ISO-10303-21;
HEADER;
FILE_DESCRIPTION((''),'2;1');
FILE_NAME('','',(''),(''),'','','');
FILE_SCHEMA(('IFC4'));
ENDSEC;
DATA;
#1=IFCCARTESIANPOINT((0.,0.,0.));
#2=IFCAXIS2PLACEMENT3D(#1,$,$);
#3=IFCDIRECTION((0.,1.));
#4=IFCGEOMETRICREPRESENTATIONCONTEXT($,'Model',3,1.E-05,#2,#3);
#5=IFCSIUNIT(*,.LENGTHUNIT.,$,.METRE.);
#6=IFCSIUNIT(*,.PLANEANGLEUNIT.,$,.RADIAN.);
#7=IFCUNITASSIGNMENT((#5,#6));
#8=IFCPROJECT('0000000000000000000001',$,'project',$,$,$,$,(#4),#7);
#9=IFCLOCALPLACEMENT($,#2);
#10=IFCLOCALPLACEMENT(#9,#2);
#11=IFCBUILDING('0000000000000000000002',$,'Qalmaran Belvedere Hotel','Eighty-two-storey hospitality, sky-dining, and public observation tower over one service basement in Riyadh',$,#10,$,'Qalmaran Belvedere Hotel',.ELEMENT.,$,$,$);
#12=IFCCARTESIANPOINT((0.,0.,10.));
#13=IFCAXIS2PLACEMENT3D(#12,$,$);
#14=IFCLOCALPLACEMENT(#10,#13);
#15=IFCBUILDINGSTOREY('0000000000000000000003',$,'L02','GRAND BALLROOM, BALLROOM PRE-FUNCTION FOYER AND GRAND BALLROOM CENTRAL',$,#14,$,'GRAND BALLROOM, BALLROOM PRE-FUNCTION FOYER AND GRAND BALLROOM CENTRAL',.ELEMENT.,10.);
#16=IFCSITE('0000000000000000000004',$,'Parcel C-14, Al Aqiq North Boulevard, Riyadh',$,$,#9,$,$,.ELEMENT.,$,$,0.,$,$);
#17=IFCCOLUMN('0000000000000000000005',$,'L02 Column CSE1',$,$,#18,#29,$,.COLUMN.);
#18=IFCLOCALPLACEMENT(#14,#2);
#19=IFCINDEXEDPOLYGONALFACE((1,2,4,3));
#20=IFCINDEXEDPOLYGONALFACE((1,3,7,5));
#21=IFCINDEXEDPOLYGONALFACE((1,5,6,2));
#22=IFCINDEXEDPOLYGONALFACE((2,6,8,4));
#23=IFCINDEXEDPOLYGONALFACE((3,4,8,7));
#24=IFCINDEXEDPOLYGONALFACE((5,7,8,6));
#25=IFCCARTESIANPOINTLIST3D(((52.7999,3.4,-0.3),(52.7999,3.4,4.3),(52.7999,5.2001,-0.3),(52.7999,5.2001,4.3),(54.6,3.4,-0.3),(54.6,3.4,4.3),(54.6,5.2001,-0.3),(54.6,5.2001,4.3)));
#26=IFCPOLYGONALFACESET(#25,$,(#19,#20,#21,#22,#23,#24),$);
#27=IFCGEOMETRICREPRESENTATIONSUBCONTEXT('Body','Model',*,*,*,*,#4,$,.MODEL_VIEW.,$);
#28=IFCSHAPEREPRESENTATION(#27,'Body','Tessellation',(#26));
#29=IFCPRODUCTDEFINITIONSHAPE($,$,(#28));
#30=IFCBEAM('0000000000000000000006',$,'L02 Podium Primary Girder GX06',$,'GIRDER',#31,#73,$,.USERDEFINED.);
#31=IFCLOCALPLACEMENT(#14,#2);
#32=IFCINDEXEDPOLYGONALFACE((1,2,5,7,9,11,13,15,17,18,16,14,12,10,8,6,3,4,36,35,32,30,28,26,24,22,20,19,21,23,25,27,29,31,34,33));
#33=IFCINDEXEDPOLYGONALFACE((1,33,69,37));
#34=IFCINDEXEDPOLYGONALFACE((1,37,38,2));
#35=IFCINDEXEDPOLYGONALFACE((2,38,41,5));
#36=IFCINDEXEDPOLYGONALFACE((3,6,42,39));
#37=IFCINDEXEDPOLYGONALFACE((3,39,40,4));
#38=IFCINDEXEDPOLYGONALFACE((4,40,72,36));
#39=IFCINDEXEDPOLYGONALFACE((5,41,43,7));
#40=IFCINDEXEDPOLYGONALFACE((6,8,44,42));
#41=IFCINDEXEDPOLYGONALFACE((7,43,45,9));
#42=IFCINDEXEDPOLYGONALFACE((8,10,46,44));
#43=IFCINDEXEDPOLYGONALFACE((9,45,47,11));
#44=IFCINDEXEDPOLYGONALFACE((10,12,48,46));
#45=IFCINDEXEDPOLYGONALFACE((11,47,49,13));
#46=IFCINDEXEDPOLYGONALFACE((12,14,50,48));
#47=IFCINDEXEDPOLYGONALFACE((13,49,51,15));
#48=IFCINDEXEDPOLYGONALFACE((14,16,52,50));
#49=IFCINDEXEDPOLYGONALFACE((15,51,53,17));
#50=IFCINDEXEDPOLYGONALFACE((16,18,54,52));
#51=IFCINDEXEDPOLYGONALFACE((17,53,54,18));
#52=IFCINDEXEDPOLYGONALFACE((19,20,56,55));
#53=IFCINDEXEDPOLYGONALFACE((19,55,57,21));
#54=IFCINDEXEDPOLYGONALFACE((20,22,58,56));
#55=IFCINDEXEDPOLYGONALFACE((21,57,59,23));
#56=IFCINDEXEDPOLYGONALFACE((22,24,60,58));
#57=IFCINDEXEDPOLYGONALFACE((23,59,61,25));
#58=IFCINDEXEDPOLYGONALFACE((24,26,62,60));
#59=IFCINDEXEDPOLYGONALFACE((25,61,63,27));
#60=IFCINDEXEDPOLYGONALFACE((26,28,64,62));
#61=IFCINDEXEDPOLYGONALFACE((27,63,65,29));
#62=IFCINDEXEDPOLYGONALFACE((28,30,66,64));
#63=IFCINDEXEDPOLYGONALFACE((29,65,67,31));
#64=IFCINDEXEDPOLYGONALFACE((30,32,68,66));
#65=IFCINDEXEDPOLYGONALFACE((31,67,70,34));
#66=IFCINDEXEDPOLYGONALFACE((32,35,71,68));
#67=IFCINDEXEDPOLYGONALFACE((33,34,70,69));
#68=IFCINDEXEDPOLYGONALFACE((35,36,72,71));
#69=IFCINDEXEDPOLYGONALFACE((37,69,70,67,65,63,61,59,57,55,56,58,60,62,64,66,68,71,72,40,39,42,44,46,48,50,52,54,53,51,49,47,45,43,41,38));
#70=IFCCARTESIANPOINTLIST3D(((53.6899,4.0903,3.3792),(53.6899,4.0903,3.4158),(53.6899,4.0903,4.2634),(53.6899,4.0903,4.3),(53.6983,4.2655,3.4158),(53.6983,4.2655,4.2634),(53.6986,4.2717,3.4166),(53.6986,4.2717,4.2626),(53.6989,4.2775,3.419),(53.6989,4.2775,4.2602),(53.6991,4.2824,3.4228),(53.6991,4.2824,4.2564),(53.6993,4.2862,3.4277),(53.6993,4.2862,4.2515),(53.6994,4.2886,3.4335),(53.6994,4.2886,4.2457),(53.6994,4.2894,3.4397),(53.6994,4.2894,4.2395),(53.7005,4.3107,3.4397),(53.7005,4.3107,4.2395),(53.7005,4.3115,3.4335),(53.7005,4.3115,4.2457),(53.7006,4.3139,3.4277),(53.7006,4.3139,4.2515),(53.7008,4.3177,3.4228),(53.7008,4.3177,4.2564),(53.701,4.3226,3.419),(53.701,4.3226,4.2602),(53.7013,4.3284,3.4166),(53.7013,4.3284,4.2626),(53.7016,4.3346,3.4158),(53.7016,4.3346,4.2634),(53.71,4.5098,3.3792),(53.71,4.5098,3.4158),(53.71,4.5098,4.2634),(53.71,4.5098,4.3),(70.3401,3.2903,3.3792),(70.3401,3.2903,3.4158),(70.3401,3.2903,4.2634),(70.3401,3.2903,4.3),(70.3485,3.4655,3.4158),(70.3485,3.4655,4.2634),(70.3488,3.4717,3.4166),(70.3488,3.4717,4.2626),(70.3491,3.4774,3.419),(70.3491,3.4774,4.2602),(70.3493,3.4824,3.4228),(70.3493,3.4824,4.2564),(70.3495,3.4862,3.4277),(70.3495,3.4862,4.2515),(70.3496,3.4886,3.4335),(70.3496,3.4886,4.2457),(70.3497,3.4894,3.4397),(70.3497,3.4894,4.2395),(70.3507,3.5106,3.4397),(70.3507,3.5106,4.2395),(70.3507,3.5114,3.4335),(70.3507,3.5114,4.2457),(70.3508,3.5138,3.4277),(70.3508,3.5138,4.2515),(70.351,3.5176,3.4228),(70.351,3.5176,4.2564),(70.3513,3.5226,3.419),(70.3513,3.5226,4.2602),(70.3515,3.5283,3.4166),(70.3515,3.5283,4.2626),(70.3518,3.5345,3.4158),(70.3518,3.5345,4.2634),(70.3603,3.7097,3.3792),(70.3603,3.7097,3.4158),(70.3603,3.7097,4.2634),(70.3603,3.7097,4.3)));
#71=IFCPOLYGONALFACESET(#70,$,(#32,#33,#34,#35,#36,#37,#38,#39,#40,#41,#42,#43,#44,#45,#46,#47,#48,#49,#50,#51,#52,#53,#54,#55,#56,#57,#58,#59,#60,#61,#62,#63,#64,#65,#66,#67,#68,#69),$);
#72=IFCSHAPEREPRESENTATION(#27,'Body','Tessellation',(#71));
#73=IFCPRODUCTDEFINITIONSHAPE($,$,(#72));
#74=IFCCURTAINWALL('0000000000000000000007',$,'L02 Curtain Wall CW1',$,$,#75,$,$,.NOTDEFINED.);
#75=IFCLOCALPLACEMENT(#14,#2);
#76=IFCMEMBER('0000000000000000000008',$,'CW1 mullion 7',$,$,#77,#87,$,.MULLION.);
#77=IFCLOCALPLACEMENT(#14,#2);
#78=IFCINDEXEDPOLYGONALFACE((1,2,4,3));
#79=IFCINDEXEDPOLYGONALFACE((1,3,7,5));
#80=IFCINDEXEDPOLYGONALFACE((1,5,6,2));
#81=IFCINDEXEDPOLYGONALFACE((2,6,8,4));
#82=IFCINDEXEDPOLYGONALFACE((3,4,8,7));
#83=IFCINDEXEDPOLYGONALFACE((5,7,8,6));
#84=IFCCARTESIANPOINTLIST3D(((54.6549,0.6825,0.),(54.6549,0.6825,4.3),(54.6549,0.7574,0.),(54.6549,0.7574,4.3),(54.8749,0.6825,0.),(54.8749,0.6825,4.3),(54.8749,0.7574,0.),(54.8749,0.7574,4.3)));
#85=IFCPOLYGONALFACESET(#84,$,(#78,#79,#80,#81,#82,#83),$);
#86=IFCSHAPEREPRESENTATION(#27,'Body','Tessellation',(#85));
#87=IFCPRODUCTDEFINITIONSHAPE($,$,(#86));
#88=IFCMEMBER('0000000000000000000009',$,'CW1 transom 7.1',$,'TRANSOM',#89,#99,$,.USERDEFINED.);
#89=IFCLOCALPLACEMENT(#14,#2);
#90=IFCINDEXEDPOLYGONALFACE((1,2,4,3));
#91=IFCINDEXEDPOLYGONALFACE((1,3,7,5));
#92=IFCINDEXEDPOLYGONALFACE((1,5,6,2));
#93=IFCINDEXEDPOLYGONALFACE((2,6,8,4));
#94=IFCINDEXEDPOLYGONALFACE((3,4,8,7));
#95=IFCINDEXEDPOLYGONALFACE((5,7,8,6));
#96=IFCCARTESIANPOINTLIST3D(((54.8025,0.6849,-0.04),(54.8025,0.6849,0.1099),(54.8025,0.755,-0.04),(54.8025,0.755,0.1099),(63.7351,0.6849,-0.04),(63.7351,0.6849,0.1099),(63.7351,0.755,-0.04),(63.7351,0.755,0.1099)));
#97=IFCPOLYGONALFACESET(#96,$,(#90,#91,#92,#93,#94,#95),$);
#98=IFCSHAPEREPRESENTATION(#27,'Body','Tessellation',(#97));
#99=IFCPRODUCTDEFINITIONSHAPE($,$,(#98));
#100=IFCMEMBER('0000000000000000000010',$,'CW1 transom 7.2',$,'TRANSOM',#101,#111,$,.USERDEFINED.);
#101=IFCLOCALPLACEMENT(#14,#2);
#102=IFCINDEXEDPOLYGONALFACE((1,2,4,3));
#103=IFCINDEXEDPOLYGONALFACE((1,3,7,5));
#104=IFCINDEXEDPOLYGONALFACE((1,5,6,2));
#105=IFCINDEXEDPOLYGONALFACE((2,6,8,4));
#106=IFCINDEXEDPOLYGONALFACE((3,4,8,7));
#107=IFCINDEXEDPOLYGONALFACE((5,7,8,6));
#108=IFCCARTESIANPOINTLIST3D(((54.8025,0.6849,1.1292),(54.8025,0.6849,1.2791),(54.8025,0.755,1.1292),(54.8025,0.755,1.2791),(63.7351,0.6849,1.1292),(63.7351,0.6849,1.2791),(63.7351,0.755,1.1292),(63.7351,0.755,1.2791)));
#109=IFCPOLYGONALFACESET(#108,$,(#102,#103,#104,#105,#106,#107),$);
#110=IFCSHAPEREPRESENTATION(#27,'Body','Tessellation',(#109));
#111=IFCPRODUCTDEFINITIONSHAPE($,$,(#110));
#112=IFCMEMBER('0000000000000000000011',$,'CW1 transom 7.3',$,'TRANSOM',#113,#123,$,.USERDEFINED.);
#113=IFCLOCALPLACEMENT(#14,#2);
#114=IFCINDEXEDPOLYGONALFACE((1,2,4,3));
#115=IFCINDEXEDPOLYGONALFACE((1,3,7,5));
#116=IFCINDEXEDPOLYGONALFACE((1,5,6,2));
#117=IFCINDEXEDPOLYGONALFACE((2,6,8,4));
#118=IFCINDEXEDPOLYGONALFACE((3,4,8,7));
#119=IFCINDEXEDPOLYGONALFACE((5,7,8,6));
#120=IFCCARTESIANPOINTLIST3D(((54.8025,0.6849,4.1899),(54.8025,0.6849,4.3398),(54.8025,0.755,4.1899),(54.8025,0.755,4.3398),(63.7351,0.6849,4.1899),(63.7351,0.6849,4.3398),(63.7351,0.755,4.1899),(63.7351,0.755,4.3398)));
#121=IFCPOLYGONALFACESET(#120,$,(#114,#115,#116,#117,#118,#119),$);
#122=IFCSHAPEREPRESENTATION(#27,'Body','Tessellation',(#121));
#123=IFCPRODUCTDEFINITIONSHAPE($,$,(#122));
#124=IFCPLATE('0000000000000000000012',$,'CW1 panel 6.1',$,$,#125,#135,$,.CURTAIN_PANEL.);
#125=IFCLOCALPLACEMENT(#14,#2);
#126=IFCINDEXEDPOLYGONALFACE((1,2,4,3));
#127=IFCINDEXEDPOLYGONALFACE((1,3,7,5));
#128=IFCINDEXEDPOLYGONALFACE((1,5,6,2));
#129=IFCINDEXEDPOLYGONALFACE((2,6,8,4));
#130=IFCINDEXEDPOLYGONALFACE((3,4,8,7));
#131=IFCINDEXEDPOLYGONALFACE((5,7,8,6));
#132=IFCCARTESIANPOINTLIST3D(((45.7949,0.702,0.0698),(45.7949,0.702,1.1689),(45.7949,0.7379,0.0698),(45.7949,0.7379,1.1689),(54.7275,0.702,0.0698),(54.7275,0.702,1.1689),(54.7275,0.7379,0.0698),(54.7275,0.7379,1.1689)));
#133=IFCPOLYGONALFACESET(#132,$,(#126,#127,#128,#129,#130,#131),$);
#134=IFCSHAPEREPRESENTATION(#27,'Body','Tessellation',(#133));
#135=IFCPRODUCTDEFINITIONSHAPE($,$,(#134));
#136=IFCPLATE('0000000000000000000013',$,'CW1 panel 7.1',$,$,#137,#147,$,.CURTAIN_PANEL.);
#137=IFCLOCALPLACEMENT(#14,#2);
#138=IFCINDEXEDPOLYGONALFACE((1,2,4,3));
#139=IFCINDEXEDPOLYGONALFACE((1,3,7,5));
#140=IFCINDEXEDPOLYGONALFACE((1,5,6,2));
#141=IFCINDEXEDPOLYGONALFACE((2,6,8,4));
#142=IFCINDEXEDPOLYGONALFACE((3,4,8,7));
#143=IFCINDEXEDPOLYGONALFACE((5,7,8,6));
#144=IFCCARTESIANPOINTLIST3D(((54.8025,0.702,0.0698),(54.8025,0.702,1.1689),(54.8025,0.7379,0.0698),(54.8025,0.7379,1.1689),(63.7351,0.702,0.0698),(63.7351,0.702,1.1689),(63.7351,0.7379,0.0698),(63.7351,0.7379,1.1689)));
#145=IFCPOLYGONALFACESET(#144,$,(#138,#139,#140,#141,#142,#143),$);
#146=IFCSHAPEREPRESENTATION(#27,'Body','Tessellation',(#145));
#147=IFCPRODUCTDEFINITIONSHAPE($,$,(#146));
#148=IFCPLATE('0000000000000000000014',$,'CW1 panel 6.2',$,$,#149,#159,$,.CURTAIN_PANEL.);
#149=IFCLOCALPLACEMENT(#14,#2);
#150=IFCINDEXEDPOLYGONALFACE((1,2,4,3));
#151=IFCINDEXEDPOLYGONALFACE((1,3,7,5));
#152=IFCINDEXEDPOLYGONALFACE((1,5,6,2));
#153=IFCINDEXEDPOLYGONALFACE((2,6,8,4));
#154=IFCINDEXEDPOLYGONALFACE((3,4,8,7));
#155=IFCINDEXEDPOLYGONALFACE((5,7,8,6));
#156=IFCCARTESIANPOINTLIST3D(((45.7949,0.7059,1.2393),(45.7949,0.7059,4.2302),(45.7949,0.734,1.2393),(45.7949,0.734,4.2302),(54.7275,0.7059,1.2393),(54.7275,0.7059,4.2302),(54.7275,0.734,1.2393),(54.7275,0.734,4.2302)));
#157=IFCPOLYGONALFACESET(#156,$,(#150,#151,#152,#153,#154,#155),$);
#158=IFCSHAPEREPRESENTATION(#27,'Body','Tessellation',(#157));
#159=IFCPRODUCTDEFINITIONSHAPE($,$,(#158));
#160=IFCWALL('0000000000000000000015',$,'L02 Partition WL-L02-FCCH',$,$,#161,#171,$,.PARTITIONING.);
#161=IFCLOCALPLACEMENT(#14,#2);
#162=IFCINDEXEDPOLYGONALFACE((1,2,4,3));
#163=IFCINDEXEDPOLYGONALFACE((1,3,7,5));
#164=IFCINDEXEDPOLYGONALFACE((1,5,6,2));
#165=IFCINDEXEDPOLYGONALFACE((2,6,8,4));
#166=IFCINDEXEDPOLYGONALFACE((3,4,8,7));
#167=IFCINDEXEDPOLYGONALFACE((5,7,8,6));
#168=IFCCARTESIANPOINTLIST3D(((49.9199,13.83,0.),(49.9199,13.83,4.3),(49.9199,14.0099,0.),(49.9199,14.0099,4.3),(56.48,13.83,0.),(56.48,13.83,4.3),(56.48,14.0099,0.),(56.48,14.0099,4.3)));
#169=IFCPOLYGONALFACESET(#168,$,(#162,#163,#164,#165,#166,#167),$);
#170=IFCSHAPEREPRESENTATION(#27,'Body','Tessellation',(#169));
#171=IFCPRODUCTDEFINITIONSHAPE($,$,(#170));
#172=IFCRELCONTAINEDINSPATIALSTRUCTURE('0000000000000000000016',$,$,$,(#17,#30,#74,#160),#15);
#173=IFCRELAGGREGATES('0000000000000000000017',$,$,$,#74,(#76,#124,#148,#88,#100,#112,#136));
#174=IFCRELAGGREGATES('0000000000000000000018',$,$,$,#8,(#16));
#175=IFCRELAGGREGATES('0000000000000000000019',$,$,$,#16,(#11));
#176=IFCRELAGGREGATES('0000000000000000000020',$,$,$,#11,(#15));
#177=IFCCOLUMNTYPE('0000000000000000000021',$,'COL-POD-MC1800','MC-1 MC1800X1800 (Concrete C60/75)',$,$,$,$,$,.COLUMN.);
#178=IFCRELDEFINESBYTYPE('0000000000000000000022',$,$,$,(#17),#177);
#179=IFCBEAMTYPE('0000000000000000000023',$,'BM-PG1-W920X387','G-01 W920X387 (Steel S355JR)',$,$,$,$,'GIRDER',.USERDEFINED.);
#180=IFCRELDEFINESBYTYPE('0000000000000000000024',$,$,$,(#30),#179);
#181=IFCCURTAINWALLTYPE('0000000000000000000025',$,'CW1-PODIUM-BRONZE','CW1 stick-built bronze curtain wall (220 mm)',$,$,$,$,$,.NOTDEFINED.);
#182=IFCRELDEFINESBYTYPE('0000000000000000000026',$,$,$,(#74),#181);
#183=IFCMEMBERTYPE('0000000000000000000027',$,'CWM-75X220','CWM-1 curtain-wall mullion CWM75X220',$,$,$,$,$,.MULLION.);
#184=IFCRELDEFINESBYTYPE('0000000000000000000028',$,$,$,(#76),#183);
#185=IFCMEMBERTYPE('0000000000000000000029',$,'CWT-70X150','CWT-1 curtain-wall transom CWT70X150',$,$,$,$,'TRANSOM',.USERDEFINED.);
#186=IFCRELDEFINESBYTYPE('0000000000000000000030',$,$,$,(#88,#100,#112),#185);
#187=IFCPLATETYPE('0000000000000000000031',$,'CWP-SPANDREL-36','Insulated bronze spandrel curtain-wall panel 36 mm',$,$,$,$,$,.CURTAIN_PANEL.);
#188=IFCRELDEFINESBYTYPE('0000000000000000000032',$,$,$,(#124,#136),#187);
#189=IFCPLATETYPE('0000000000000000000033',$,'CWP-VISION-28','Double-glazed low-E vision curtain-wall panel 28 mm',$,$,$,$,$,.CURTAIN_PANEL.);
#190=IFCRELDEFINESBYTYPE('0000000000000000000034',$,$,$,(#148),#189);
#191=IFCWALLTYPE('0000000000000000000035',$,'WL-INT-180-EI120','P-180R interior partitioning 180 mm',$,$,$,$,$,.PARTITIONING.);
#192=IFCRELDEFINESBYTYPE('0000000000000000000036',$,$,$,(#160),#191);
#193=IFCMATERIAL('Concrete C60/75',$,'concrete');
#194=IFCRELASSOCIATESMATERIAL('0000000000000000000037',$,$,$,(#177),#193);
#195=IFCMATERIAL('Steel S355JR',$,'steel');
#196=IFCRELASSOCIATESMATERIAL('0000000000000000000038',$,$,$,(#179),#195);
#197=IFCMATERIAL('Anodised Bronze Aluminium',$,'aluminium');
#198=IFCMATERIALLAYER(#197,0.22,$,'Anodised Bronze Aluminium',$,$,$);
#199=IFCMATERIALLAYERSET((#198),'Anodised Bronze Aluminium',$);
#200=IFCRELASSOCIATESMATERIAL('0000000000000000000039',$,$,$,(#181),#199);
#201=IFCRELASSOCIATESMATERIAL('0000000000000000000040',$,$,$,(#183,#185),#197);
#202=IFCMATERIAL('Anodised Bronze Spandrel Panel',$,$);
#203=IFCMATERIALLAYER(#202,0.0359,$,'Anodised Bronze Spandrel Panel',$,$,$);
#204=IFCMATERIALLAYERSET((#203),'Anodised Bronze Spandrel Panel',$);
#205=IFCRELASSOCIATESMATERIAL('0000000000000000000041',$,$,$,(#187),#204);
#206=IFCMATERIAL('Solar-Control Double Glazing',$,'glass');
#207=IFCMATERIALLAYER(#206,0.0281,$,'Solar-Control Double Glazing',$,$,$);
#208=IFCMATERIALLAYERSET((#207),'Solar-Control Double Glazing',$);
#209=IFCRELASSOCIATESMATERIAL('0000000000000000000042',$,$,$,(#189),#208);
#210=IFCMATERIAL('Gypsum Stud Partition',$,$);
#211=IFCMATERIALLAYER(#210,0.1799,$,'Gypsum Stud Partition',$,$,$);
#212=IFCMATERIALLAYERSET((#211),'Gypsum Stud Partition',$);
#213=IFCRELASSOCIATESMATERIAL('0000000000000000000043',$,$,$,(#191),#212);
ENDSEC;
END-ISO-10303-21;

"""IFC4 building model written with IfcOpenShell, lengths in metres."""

from ifc_helpers import new_model, si_unit, direction, frame, frame_2d, origin, origin_2d, place, context, subcontext, project, spatial, rectangle, i_section, extrude, material, layer, layer_set, material_profile, profile_set, type_object, element, aggregate, save


model = new_model("IFC4")

# Units and contexts
model_context = context("Model", 3, precision=1e-05, world=origin(), true_north=direction((0.0, 1.0)))
body_context = subcontext(model_context, "Body", "Model", "MODEL_VIEW")
ifc_project = project(units=[si_unit("LENGTHUNIT", "METRE"), si_unit("PLANEANGLEUNIT", "RADIAN")], contexts=[model_context])

# Site, building, storey
site_placement = place(None, origin())
site = spatial("IfcSite", under=ifc_project, at=site_placement, Name="Parcel C-14, Al Aqiq North Boulevard, Riyadh", CompositionType="ELEMENT", RefElevation=0.0)
building_placement = place(site_placement, origin())
building = spatial("IfcBuilding", under=site, at=building_placement, Name="Qalmaran Belvedere Hotel", Description="Eighty-two-storey hospitality, sky-dining, and public observation tower over one service basement in Riyadh", LongName="Qalmaran Belvedere Hotel", CompositionType="ELEMENT")
storey_placement = place(building_placement, frame((0.0, 0.0, 10.0)))
storey = spatial("IfcBuildingStorey", under=building, at=storey_placement, Name="L02", Description="GRAND BALLROOM, BALLROOM PRE-FUNCTION FOYER AND GRAND BALLROOM CENTRAL", LongName="GRAND BALLROOM, BALLROOM PRE-FUNCTION FOYER AND GRAND BALLROOM CENTRAL", CompositionType="ELEMENT", Elevation=10.0)

# Column
ifc_material_1 = material(Name="Concrete C60/75", Category="concrete")
ifc_material_profile_1 = material_profile(ifc_material_1, rectangle(XDim=1.8, YDim=1.8, at=origin_2d()), Name="MC1800X1800")
ifc_profile_set_1 = profile_set([ifc_material_profile_1], Name="Concrete C60/75")
column_type = type_object("IfcColumnType", Name="COL-POD-MC1800", Description="MC-1 MC1800X1800 (Concrete C60/75)", PredefinedType="COLUMN", material=ifc_profile_set_1)
column_placement = place(storey_placement, frame((53.7, 4.3, -0.3), z_axis=(0.0, 0.0, 1.0), x_axis=(1.0, 0.0, 0.0)))
element("IfcColumn", 1, at=column_placement, inside=storey, type_object=column_type, Name="L02 Column CSE1", PredefinedType="COLUMN", context=body_context, shape_type="SweptSolid", body=[
    extrude(rectangle(XDim=1.8, YDim=1.8, at=origin_2d()), origin(), (0.0, 0.0, 1.0), 4.6001),
])

# Beam
ifc_material_2 = material(Name="Steel S355JR", Category="steel")
ifc_material_profile_2 = material_profile(ifc_material_2, i_section(OverallWidth=0.4199, OverallDepth=0.9209, WebThickness=0.0212, FlangeThickness=0.0366, FilletRadius=0.0239, at=origin_2d()), Name="W920X387")
ifc_profile_set_2 = profile_set([ifc_material_profile_2], Name="Steel S355JR")
beam_type = type_object("IfcBeamType", Name="BM-PG1-W920X387", Description="G-01 W920X387 (Steel S355JR)", ElementType="GIRDER", PredefinedType="USERDEFINED", material=ifc_profile_set_2)
beam_placement = place(storey_placement, frame((53.7, 4.3, 3.8396), z_axis=(0.998848, -0.047995, 0.0), x_axis=(0.047995, 0.998848, 0.0)))
element("IfcBeam", 2, at=beam_placement, inside=storey, type_object=beam_type, Name="L02 Podium Primary Girder GX06", ObjectType="GIRDER", PredefinedType="USERDEFINED", context=body_context, shape_type="SweptSolid", body=[
    extrude(i_section(OverallWidth=0.4199, OverallDepth=0.9209, WebThickness=0.0212, FlangeThickness=0.0366, FilletRadius=0.0239, at=origin_2d()), origin(), (0.0, 0.0, 1.0), 16.6694),
])

# Curtain wall, members, plates
ifc_material_3 = material(Name="Anodised Bronze Aluminium", Category="aluminium")
ifc_layer_1 = layer(ifc_material_3, 0.22, Name="Anodised Bronze Aluminium")
ifc_layer_set_1 = layer_set([ifc_layer_1], Name="Anodised Bronze Aluminium")
curtain_wall_type = type_object("IfcCurtainWallType", Name="CW1-PODIUM-BRONZE", Description="CW1 stick-built bronze curtain wall (220 mm)", PredefinedType="NOTDEFINED", material=ifc_layer_set_1)
curtain_wall_placement = place(storey_placement, origin())
curtain_wall = element("IfcCurtainWall", 3, at=curtain_wall_placement, inside=storey, type_object=curtain_wall_type, Name="L02 Curtain Wall CW1", PredefinedType="NOTDEFINED")
ifc_material_profile_3 = material_profile(ifc_material_3, rectangle(XDim=0.075, YDim=0.22, at=origin_2d()), Name="CWM75X220")
ifc_profile_set_3 = profile_set([ifc_material_profile_3], Name="Anodised Bronze Aluminium")
member_type_1 = type_object("IfcMemberType", Name="CWM-75X220", Description="CWM-1 curtain-wall mullion CWM75X220", PredefinedType="MULLION", material=ifc_profile_set_3)
member_1_placement = place(storey_placement, frame((54.7649, 0.72, 0.0), z_axis=(0.0, 0.0, 1.0), x_axis=(0.0, 1.0, 0.0)))
member_1 = element("IfcMember", 4, at=member_1_placement, type_object=member_type_1, Name="CW1 mullion 7", PredefinedType="MULLION", context=body_context, shape_type="SweptSolid", body=[
    extrude(rectangle(XDim=0.075, YDim=0.22, at=origin_2d()), origin(), (0.0, 0.0, 1.0), 4.3),
])
ifc_material_profile_4 = material_profile(ifc_material_3, rectangle(XDim=0.0701, YDim=0.1499, at=origin_2d()), Name="CWT70X150")
ifc_profile_set_4 = profile_set([ifc_material_profile_4], Name="Anodised Bronze Aluminium")
member_type_2 = type_object("IfcMemberType", Name="CWT-70X150", Description="CWT-1 curtain-wall transom CWT70X150", ElementType="TRANSOM", PredefinedType="USERDEFINED", material=ifc_profile_set_4)
member_2_placement = place(storey_placement, frame((54.8025, 0.72, 0.0349), z_axis=(1.0, 0.0, 0.0), x_axis=(0.0, 1.0, 0.0)))
member_2 = element("IfcMember", 5, at=member_2_placement, type_object=member_type_2, Name="CW1 transom 7.1", ObjectType="TRANSOM", PredefinedType="USERDEFINED", context=body_context, shape_type="SweptSolid", body=[
    extrude(rectangle(XDim=0.0701, YDim=0.1499, at=origin_2d()), origin(), (0.0, 0.0, 1.0), 8.9326),
])
member_3_placement = place(storey_placement, frame((54.8025, 0.72, 1.2041), z_axis=(1.0, 0.0, 0.0), x_axis=(0.0, 1.0, 0.0)))
member_3 = element("IfcMember", 6, at=member_3_placement, type_object=member_type_2, Name="CW1 transom 7.2", ObjectType="TRANSOM", PredefinedType="USERDEFINED", context=body_context, shape_type="SweptSolid", body=[
    extrude(rectangle(XDim=0.0701, YDim=0.1499, at=origin_2d()), origin(), (0.0, 0.0, 1.0), 8.9326),
])
member_4_placement = place(storey_placement, frame((54.8025, 0.72, 4.2649), z_axis=(1.0, 0.0, 0.0), x_axis=(0.0, 1.0, 0.0)))
member_4 = element("IfcMember", 7, at=member_4_placement, type_object=member_type_2, Name="CW1 transom 7.3", ObjectType="TRANSOM", PredefinedType="USERDEFINED", context=body_context, shape_type="SweptSolid", body=[
    extrude(rectangle(XDim=0.0701, YDim=0.1499, at=origin_2d()), origin(), (0.0, 0.0, 1.0), 8.9326),
])
ifc_material_4 = material(Name="Anodised Bronze Spandrel Panel")
ifc_layer_2 = layer(ifc_material_4, 0.0359, Name="Anodised Bronze Spandrel Panel")
ifc_layer_set_2 = layer_set([ifc_layer_2], Name="Anodised Bronze Spandrel Panel")
plate_type_1 = type_object("IfcPlateType", Name="CWP-SPANDREL-36", Description="Insulated bronze spandrel curtain-wall panel 36 mm", PredefinedType="CURTAIN_PANEL", material=ifc_layer_set_2)
plate_1_placement = place(storey_placement, frame((50.2612, 0.72, 0.0698), z_axis=(0.0, 0.0, 1.0), x_axis=(1.0, 0.0, 0.0)))
plate_1 = element("IfcPlate", 8, at=plate_1_placement, type_object=plate_type_1, Name="CW1 panel 6.1", PredefinedType="CURTAIN_PANEL", context=body_context, shape_type="SweptSolid", body=[
    extrude(rectangle(XDim=8.9326, YDim=0.0359, at=origin_2d()), origin(), (0.0, 0.0, 1.0), 1.0991),
])
plate_2_placement = place(storey_placement, frame((59.2688, 0.72, 0.0698), z_axis=(0.0, 0.0, 1.0), x_axis=(1.0, 0.0, 0.0)))
plate_2 = element("IfcPlate", 9, at=plate_2_placement, type_object=plate_type_1, Name="CW1 panel 7.1", PredefinedType="CURTAIN_PANEL", context=body_context, shape_type="SweptSolid", body=[
    extrude(rectangle(XDim=8.9326, YDim=0.0359, at=origin_2d()), origin(), (0.0, 0.0, 1.0), 1.0991),
])
ifc_material_5 = material(Name="Solar-Control Double Glazing", Category="glass")
ifc_layer_3 = layer(ifc_material_5, 0.0281, Name="Solar-Control Double Glazing")
ifc_layer_set_3 = layer_set([ifc_layer_3], Name="Solar-Control Double Glazing")
plate_type_2 = type_object("IfcPlateType", Name="CWP-VISION-28", Description="Double-glazed low-E vision curtain-wall panel 28 mm", PredefinedType="CURTAIN_PANEL", material=ifc_layer_set_3)
plate_3_placement = place(storey_placement, frame((50.2612, 0.72, 1.2393), z_axis=(0.0, 0.0, 1.0), x_axis=(1.0, 0.0, 0.0)))
plate_3 = element("IfcPlate", 10, at=plate_3_placement, type_object=plate_type_2, Name="CW1 panel 6.2", PredefinedType="CURTAIN_PANEL", context=body_context, shape_type="SweptSolid", body=[
    extrude(rectangle(XDim=8.9326, YDim=0.0281, at=origin_2d()), origin(), (0.0, 0.0, 1.0), 2.991),
])
aggregate(curtain_wall, [member_1, plate_1, plate_3, member_2, member_3, member_4, plate_2])

# Wall
ifc_material_6 = material(Name="Gypsum Stud Partition")
ifc_layer_4 = layer(ifc_material_6, 0.1799, Name="Gypsum Stud Partition")
ifc_layer_set_4 = layer_set([ifc_layer_4], Name="Gypsum Stud Partition")
wall_type_1 = type_object("IfcWallType", Name="WL-INT-180-EI120", Description="P-180R interior partitioning 180 mm", PredefinedType="PARTITIONING", material=ifc_layer_set_4)
wall_1_placement = place(storey_placement, frame((49.9199, 13.9199, 0.0), z_axis=(0.0, 0.0, 1.0), x_axis=(1.0, 0.0, 0.0)))
element("IfcWall", 11, at=wall_1_placement, inside=storey, type_object=wall_type_1, Name="L02 Partition WL-L02-FCCH", PredefinedType="PARTITIONING", context=body_context, shape_type="SweptSolid", body=[
    extrude(rectangle(XDim=6.5601, YDim=0.1799, at=frame_2d((3.28, 0.0))), origin(), (0.0, 0.0, 1.0), 4.3),
])

save(model, "model.ifc")
